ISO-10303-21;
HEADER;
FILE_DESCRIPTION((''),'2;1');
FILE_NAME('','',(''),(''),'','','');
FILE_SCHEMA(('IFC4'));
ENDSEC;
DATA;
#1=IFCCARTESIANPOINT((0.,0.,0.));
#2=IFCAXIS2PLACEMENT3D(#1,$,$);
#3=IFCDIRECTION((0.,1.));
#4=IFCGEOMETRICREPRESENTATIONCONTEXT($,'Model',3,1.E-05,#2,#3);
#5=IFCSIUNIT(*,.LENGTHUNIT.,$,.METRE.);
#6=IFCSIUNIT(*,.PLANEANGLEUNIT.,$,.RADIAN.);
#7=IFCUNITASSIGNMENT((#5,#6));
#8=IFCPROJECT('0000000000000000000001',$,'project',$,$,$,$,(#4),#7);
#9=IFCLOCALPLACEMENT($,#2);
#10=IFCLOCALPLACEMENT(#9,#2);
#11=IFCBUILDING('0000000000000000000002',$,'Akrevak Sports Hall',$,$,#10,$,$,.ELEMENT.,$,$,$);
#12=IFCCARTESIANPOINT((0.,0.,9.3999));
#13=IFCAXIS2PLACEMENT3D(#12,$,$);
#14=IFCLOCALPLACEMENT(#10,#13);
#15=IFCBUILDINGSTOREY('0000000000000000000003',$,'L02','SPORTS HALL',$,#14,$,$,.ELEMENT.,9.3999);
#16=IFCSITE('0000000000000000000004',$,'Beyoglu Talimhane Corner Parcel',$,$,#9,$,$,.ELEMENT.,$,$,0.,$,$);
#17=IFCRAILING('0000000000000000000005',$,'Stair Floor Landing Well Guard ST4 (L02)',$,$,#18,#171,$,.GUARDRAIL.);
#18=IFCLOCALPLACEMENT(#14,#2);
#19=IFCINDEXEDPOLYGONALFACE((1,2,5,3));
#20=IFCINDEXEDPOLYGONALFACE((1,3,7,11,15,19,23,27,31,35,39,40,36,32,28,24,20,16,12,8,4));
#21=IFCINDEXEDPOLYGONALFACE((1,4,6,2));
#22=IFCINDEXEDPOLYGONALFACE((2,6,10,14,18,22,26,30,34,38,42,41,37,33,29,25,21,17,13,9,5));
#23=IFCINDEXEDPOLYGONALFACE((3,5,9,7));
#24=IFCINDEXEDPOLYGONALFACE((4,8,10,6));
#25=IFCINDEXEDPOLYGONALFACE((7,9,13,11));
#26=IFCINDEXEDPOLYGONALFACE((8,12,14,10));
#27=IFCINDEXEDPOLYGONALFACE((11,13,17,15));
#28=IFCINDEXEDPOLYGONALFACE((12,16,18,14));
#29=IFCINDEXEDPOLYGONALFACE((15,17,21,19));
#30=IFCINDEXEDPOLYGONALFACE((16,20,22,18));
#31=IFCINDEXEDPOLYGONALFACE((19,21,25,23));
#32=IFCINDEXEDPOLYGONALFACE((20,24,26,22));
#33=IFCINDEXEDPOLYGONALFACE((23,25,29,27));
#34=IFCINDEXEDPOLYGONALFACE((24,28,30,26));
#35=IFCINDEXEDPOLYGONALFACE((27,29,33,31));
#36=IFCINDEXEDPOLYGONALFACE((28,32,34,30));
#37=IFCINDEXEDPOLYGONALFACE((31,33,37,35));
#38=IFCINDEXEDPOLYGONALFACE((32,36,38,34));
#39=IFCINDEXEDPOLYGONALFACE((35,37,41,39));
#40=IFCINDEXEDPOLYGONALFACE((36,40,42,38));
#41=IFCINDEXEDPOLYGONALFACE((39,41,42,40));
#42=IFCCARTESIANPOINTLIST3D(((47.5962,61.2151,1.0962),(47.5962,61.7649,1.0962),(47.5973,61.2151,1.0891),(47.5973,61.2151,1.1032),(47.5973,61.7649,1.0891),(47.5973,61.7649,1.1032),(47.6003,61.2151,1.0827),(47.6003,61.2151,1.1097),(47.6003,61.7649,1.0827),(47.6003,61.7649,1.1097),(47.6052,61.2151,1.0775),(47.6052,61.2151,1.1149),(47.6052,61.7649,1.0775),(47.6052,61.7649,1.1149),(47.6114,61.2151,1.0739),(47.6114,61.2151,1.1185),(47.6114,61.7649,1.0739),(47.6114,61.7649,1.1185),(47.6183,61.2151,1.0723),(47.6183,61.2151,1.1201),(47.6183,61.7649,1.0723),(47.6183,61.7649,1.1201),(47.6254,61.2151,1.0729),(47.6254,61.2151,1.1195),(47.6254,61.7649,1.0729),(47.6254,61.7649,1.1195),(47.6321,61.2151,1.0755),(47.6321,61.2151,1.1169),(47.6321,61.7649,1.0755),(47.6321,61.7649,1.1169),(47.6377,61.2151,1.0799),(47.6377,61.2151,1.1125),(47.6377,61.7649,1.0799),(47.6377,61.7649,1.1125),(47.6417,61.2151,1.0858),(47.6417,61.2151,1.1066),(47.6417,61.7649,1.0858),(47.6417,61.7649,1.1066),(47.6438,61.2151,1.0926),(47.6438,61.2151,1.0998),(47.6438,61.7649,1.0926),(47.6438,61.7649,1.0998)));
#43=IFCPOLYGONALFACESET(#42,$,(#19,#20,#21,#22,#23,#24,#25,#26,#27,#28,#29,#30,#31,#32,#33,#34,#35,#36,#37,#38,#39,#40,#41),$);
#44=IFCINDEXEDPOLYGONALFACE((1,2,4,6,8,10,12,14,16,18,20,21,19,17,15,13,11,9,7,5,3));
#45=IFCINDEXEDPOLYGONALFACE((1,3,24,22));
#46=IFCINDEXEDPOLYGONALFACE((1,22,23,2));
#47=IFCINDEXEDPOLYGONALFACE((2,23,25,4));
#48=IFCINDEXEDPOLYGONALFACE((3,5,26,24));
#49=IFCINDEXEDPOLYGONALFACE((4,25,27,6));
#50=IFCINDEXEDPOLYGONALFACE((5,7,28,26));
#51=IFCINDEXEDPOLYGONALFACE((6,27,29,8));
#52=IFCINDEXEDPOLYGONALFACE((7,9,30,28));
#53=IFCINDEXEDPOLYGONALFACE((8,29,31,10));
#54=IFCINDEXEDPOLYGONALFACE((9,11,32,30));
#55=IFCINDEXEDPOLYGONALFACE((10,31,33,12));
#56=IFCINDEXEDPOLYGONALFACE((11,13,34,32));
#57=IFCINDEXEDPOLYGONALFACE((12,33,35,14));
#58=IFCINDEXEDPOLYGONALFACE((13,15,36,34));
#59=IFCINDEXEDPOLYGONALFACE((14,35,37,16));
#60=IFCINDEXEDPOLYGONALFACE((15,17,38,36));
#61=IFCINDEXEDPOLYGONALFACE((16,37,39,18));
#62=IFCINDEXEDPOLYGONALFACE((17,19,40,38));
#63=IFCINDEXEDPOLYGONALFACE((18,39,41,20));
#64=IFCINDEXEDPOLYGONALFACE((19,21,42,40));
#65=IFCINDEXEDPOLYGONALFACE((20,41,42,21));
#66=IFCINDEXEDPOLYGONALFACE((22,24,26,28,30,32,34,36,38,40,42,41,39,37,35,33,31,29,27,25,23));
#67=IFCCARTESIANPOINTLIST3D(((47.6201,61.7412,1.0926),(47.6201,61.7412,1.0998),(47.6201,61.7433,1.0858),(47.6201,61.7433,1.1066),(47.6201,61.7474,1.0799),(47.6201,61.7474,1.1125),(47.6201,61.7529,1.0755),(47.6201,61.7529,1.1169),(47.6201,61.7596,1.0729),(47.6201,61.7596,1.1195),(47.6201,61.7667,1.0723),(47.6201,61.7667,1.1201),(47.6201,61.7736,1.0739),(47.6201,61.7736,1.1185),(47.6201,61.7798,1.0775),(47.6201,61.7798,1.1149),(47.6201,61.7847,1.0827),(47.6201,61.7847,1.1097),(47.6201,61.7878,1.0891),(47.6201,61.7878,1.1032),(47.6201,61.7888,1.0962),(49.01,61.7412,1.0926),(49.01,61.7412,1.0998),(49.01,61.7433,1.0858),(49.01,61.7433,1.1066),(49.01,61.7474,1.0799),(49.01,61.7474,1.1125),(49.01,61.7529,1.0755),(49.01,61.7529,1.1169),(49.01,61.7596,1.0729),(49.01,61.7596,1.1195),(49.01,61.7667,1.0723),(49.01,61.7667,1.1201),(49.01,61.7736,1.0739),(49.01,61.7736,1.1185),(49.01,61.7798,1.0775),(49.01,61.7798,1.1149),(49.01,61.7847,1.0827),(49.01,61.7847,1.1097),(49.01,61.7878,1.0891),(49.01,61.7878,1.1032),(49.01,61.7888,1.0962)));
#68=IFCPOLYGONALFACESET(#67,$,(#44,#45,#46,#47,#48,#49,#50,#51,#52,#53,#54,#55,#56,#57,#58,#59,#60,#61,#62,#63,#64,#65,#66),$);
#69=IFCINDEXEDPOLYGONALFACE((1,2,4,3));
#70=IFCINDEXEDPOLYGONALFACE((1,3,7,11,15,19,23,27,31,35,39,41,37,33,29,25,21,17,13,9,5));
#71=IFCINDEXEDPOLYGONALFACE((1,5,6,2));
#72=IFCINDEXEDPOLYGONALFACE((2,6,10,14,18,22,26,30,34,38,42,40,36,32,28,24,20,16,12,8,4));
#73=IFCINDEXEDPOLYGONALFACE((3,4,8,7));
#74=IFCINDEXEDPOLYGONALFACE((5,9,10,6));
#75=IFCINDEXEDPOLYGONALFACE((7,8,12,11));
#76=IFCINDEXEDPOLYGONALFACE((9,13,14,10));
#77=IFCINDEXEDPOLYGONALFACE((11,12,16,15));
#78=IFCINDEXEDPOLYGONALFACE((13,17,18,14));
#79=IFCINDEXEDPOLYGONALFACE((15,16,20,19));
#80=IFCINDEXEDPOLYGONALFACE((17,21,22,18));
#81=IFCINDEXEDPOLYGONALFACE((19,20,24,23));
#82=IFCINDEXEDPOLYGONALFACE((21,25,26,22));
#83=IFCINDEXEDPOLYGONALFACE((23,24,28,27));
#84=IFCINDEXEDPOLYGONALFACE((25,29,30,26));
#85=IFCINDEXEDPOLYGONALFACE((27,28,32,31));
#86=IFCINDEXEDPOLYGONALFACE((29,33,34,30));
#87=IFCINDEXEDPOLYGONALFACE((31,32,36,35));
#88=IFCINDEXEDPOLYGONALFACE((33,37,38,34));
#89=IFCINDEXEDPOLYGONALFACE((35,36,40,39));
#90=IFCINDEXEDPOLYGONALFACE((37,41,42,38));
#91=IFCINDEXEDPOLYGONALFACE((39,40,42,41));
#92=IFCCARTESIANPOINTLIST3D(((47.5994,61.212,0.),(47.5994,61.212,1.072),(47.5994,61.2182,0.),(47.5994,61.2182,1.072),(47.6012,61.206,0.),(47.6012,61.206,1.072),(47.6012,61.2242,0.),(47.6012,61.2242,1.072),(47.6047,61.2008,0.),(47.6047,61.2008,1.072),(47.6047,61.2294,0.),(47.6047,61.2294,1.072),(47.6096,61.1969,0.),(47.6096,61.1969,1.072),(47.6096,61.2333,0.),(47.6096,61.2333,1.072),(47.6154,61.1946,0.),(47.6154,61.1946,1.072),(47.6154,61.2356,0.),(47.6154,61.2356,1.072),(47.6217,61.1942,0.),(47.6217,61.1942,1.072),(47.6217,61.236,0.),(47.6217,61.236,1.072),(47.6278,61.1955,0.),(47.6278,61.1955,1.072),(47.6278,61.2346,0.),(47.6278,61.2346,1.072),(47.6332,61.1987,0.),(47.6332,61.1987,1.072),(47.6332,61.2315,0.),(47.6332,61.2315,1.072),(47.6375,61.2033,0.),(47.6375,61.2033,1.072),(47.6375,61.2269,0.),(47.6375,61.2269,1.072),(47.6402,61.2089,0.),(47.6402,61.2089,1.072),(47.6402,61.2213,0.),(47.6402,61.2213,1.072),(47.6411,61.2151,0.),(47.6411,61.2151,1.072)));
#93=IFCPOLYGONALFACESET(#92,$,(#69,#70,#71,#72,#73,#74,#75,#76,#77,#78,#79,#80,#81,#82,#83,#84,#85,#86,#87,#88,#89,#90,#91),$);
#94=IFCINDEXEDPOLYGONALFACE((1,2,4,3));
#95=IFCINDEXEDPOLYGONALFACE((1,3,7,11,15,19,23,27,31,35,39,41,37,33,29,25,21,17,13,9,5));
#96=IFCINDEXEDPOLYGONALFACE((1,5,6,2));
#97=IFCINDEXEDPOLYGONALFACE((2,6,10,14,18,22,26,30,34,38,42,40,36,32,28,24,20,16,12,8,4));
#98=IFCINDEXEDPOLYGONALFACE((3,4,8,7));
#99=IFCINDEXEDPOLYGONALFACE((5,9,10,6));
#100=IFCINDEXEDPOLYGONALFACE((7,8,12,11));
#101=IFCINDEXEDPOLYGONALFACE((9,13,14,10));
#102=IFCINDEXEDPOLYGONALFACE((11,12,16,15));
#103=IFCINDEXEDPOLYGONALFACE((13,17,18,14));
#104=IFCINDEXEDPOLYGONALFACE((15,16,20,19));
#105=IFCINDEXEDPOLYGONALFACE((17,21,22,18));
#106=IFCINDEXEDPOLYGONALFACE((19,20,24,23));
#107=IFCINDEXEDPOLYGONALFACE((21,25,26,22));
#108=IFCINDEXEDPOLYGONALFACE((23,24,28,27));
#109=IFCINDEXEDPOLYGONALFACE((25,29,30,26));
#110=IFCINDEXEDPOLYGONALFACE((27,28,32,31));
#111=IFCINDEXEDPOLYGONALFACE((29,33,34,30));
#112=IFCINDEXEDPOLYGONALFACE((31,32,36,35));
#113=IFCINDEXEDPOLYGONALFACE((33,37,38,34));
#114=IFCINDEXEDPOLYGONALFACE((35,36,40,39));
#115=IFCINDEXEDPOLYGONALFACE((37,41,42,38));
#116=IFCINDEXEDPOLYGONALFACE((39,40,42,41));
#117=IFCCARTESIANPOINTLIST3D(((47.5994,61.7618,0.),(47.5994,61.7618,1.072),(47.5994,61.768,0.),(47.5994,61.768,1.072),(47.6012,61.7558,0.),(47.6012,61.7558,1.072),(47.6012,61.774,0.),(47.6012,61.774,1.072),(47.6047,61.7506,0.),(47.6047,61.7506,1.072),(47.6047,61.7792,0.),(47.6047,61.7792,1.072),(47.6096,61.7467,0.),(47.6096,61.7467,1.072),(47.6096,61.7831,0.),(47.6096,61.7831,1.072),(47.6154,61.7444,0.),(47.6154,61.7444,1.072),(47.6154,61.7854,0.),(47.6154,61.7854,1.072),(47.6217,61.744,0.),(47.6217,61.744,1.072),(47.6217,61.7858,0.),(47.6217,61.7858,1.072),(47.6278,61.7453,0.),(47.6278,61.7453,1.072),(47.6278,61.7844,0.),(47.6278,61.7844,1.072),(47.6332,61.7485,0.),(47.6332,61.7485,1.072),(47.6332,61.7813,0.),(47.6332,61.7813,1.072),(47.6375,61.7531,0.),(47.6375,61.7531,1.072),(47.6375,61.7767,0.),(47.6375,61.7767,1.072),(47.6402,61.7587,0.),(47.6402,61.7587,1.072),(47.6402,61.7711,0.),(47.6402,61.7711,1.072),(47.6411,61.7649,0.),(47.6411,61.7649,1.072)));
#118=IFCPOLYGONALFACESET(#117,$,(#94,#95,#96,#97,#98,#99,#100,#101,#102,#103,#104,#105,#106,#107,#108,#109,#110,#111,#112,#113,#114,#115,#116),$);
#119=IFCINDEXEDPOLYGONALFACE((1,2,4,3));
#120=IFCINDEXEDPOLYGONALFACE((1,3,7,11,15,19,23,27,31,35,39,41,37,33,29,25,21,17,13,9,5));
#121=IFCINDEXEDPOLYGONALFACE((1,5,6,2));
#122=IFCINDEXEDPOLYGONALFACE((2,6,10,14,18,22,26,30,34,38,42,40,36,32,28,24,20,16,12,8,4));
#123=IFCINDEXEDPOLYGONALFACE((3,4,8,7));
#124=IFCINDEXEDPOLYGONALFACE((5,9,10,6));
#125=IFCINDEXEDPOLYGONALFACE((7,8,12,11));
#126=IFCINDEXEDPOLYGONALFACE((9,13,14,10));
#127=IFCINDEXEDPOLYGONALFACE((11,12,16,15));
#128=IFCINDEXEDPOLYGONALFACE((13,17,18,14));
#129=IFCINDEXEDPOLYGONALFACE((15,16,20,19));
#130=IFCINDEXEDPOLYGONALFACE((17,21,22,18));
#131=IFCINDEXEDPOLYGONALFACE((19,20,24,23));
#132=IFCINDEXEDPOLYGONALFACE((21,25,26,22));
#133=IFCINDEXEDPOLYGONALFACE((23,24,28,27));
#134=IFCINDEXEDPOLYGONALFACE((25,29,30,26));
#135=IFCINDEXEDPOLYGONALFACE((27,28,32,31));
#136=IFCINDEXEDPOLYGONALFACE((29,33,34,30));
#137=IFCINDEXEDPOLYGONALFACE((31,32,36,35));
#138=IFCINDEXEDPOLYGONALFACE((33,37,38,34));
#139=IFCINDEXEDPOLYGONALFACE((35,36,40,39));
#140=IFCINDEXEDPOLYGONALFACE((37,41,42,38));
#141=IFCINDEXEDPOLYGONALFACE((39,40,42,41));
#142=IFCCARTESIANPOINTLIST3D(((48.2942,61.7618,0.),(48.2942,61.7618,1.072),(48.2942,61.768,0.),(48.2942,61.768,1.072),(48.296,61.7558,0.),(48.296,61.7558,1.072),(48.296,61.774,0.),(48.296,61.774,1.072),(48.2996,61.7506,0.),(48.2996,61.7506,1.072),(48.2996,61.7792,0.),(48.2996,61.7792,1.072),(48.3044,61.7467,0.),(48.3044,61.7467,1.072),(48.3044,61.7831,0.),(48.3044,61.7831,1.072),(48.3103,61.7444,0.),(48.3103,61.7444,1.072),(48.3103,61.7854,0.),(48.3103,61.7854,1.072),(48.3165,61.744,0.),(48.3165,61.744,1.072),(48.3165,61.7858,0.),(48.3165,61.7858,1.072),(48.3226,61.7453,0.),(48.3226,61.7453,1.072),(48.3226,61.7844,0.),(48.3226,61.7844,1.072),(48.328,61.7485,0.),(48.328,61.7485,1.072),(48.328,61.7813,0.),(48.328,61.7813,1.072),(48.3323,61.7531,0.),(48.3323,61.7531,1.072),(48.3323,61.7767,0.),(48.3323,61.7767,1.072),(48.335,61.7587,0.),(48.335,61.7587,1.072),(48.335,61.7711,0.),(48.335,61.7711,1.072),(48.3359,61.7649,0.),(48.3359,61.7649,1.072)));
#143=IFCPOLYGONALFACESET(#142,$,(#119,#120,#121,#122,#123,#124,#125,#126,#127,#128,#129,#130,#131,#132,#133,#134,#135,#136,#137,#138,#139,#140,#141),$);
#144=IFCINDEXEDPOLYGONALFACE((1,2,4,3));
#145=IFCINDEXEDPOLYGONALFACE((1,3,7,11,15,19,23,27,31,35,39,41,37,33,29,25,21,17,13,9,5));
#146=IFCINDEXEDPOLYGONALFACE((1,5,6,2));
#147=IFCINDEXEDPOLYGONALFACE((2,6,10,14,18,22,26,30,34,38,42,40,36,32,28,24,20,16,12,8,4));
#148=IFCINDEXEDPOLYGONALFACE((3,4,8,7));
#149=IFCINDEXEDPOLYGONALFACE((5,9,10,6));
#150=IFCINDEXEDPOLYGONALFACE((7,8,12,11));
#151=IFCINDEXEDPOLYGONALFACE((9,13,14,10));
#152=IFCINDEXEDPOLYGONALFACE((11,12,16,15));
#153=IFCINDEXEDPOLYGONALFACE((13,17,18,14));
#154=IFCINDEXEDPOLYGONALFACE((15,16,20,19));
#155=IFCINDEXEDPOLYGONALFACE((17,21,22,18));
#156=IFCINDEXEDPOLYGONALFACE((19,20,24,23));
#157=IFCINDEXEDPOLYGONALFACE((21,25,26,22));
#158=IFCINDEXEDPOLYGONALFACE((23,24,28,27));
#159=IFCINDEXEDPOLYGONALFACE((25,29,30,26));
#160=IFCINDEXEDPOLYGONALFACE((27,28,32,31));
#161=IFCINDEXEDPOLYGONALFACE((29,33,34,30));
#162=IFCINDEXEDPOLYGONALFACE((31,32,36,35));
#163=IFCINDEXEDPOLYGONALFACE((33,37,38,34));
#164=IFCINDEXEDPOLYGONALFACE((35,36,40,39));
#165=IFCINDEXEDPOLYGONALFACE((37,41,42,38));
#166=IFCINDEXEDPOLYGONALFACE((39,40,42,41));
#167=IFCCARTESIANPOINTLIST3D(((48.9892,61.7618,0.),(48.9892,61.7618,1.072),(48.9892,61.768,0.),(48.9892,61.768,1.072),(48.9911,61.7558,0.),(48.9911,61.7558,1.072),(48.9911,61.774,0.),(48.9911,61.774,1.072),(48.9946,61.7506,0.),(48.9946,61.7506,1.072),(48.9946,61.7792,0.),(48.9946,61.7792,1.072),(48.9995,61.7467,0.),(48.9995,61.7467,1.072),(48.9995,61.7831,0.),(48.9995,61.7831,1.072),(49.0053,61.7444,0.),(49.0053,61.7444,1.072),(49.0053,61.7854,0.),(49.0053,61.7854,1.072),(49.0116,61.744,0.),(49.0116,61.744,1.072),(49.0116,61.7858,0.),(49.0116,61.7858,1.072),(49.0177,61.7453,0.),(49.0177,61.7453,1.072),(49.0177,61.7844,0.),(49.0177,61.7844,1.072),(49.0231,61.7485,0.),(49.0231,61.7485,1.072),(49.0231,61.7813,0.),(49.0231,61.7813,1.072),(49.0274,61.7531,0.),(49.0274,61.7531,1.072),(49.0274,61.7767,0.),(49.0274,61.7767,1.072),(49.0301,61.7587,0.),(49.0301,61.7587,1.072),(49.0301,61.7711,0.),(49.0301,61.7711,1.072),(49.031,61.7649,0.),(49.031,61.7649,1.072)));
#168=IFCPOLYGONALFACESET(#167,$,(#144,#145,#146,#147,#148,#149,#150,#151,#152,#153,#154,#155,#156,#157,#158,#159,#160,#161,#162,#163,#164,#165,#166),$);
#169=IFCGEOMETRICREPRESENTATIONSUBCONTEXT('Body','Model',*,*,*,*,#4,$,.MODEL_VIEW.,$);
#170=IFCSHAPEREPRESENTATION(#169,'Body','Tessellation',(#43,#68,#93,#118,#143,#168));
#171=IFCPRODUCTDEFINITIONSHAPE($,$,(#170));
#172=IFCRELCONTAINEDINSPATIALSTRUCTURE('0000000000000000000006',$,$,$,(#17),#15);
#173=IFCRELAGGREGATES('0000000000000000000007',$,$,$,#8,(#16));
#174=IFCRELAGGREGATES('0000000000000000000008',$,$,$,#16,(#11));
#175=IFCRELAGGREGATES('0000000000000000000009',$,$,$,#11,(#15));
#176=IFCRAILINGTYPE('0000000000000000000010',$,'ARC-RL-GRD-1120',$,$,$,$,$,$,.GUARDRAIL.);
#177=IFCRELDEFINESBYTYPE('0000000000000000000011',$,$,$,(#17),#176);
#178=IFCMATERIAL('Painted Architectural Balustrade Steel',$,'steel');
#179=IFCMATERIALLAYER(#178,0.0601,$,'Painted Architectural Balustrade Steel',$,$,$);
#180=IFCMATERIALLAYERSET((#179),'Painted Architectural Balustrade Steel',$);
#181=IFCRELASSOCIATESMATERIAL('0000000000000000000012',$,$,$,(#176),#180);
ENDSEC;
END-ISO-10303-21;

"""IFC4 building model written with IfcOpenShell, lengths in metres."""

from ifc_helpers import new_model, si_unit, direction, frame, origin, origin_2d, place, context, subcontext, project, spatial, circle, extrude, material, layer, layer_set, type_object, element, save


model = new_model("IFC4")

# Units and contexts
model_context = context("Model", 3, precision=1e-05, world=origin(), true_north=direction((0.0, 1.0)))
body_context = subcontext(model_context, "Body", "Model", "MODEL_VIEW")
ifc_project = project(units=[si_unit("LENGTHUNIT", "METRE"), si_unit("PLANEANGLEUNIT", "RADIAN")], contexts=[model_context])

# Site, building, storey
site_placement = place(None, origin())
site = spatial("IfcSite", under=ifc_project, at=site_placement, Name="Beyoglu Talimhane Corner Parcel", CompositionType="ELEMENT", RefElevation=0.0)
building_placement = place(site_placement, origin())
building = spatial("IfcBuilding", under=site, at=building_placement, Name="Akrevak Sports Hall", CompositionType="ELEMENT")
storey_placement = place(building_placement, frame((0.0, 0.0, 9.3999)))
storey = spatial("IfcBuildingStorey", under=building, at=storey_placement, Name="L02", Description="SPORTS HALL", CompositionType="ELEMENT", Elevation=9.3999)

# Railing
ifc_material_1 = material(Name="Painted Architectural Balustrade Steel", Category="steel")
ifc_layer_1 = layer(ifc_material_1, 0.0601, Name="Painted Architectural Balustrade Steel")
ifc_layer_set_1 = layer_set([ifc_layer_1], Name="Painted Architectural Balustrade Steel")
railing_type_1 = type_object("IfcRailingType", Name="ARC-RL-GRD-1120", PredefinedType="GUARDRAIL", material=ifc_layer_set_1)
railing_1_placement = place(storey_placement, frame((47.6201, 61.2151, 0.0)))
element("IfcRailing", 1, at=railing_1_placement, inside=storey, type_object=railing_type_1, Name="Stair Floor Landing Well Guard ST4 (L02)", PredefinedType="GUARDRAIL", context=body_context, shape_type="SweptSolid", body=[
    extrude(circle(Radius=0.0239, at=origin_2d()), frame((0.0, 0.0, 1.0962), z_axis=(0.0, 1.0, 0.0), x_axis=(-1.0, 0.0, 0.0)), (0.0, 0.0, 1.0), 0.5498),
    extrude(circle(Radius=0.0239, at=origin_2d()), frame((0.0, 0.5498, 1.0962), z_axis=(1.0, 0.0, 0.0), x_axis=(0.0, 1.0, 0.0)), (0.0, 0.0, 1.0), 1.3899),
    extrude(circle(Radius=0.021, at=origin_2d()), origin(), (0.0, 0.0, 1.0), 1.072),
    extrude(circle(Radius=0.021, at=origin_2d()), frame((0.0, 0.5498, 0.0)), (0.0, 0.0, 1.0), 1.072),
    extrude(circle(Radius=0.021, at=origin_2d()), frame((0.6948, 0.5498, 0.0)), (0.0, 0.0, 1.0), 1.072),
    extrude(circle(Radius=0.021, at=origin_2d()), frame((1.3899, 0.5498, 0.0)), (0.0, 0.0, 1.0), 1.072),
])

save(model, "model.ifc")
